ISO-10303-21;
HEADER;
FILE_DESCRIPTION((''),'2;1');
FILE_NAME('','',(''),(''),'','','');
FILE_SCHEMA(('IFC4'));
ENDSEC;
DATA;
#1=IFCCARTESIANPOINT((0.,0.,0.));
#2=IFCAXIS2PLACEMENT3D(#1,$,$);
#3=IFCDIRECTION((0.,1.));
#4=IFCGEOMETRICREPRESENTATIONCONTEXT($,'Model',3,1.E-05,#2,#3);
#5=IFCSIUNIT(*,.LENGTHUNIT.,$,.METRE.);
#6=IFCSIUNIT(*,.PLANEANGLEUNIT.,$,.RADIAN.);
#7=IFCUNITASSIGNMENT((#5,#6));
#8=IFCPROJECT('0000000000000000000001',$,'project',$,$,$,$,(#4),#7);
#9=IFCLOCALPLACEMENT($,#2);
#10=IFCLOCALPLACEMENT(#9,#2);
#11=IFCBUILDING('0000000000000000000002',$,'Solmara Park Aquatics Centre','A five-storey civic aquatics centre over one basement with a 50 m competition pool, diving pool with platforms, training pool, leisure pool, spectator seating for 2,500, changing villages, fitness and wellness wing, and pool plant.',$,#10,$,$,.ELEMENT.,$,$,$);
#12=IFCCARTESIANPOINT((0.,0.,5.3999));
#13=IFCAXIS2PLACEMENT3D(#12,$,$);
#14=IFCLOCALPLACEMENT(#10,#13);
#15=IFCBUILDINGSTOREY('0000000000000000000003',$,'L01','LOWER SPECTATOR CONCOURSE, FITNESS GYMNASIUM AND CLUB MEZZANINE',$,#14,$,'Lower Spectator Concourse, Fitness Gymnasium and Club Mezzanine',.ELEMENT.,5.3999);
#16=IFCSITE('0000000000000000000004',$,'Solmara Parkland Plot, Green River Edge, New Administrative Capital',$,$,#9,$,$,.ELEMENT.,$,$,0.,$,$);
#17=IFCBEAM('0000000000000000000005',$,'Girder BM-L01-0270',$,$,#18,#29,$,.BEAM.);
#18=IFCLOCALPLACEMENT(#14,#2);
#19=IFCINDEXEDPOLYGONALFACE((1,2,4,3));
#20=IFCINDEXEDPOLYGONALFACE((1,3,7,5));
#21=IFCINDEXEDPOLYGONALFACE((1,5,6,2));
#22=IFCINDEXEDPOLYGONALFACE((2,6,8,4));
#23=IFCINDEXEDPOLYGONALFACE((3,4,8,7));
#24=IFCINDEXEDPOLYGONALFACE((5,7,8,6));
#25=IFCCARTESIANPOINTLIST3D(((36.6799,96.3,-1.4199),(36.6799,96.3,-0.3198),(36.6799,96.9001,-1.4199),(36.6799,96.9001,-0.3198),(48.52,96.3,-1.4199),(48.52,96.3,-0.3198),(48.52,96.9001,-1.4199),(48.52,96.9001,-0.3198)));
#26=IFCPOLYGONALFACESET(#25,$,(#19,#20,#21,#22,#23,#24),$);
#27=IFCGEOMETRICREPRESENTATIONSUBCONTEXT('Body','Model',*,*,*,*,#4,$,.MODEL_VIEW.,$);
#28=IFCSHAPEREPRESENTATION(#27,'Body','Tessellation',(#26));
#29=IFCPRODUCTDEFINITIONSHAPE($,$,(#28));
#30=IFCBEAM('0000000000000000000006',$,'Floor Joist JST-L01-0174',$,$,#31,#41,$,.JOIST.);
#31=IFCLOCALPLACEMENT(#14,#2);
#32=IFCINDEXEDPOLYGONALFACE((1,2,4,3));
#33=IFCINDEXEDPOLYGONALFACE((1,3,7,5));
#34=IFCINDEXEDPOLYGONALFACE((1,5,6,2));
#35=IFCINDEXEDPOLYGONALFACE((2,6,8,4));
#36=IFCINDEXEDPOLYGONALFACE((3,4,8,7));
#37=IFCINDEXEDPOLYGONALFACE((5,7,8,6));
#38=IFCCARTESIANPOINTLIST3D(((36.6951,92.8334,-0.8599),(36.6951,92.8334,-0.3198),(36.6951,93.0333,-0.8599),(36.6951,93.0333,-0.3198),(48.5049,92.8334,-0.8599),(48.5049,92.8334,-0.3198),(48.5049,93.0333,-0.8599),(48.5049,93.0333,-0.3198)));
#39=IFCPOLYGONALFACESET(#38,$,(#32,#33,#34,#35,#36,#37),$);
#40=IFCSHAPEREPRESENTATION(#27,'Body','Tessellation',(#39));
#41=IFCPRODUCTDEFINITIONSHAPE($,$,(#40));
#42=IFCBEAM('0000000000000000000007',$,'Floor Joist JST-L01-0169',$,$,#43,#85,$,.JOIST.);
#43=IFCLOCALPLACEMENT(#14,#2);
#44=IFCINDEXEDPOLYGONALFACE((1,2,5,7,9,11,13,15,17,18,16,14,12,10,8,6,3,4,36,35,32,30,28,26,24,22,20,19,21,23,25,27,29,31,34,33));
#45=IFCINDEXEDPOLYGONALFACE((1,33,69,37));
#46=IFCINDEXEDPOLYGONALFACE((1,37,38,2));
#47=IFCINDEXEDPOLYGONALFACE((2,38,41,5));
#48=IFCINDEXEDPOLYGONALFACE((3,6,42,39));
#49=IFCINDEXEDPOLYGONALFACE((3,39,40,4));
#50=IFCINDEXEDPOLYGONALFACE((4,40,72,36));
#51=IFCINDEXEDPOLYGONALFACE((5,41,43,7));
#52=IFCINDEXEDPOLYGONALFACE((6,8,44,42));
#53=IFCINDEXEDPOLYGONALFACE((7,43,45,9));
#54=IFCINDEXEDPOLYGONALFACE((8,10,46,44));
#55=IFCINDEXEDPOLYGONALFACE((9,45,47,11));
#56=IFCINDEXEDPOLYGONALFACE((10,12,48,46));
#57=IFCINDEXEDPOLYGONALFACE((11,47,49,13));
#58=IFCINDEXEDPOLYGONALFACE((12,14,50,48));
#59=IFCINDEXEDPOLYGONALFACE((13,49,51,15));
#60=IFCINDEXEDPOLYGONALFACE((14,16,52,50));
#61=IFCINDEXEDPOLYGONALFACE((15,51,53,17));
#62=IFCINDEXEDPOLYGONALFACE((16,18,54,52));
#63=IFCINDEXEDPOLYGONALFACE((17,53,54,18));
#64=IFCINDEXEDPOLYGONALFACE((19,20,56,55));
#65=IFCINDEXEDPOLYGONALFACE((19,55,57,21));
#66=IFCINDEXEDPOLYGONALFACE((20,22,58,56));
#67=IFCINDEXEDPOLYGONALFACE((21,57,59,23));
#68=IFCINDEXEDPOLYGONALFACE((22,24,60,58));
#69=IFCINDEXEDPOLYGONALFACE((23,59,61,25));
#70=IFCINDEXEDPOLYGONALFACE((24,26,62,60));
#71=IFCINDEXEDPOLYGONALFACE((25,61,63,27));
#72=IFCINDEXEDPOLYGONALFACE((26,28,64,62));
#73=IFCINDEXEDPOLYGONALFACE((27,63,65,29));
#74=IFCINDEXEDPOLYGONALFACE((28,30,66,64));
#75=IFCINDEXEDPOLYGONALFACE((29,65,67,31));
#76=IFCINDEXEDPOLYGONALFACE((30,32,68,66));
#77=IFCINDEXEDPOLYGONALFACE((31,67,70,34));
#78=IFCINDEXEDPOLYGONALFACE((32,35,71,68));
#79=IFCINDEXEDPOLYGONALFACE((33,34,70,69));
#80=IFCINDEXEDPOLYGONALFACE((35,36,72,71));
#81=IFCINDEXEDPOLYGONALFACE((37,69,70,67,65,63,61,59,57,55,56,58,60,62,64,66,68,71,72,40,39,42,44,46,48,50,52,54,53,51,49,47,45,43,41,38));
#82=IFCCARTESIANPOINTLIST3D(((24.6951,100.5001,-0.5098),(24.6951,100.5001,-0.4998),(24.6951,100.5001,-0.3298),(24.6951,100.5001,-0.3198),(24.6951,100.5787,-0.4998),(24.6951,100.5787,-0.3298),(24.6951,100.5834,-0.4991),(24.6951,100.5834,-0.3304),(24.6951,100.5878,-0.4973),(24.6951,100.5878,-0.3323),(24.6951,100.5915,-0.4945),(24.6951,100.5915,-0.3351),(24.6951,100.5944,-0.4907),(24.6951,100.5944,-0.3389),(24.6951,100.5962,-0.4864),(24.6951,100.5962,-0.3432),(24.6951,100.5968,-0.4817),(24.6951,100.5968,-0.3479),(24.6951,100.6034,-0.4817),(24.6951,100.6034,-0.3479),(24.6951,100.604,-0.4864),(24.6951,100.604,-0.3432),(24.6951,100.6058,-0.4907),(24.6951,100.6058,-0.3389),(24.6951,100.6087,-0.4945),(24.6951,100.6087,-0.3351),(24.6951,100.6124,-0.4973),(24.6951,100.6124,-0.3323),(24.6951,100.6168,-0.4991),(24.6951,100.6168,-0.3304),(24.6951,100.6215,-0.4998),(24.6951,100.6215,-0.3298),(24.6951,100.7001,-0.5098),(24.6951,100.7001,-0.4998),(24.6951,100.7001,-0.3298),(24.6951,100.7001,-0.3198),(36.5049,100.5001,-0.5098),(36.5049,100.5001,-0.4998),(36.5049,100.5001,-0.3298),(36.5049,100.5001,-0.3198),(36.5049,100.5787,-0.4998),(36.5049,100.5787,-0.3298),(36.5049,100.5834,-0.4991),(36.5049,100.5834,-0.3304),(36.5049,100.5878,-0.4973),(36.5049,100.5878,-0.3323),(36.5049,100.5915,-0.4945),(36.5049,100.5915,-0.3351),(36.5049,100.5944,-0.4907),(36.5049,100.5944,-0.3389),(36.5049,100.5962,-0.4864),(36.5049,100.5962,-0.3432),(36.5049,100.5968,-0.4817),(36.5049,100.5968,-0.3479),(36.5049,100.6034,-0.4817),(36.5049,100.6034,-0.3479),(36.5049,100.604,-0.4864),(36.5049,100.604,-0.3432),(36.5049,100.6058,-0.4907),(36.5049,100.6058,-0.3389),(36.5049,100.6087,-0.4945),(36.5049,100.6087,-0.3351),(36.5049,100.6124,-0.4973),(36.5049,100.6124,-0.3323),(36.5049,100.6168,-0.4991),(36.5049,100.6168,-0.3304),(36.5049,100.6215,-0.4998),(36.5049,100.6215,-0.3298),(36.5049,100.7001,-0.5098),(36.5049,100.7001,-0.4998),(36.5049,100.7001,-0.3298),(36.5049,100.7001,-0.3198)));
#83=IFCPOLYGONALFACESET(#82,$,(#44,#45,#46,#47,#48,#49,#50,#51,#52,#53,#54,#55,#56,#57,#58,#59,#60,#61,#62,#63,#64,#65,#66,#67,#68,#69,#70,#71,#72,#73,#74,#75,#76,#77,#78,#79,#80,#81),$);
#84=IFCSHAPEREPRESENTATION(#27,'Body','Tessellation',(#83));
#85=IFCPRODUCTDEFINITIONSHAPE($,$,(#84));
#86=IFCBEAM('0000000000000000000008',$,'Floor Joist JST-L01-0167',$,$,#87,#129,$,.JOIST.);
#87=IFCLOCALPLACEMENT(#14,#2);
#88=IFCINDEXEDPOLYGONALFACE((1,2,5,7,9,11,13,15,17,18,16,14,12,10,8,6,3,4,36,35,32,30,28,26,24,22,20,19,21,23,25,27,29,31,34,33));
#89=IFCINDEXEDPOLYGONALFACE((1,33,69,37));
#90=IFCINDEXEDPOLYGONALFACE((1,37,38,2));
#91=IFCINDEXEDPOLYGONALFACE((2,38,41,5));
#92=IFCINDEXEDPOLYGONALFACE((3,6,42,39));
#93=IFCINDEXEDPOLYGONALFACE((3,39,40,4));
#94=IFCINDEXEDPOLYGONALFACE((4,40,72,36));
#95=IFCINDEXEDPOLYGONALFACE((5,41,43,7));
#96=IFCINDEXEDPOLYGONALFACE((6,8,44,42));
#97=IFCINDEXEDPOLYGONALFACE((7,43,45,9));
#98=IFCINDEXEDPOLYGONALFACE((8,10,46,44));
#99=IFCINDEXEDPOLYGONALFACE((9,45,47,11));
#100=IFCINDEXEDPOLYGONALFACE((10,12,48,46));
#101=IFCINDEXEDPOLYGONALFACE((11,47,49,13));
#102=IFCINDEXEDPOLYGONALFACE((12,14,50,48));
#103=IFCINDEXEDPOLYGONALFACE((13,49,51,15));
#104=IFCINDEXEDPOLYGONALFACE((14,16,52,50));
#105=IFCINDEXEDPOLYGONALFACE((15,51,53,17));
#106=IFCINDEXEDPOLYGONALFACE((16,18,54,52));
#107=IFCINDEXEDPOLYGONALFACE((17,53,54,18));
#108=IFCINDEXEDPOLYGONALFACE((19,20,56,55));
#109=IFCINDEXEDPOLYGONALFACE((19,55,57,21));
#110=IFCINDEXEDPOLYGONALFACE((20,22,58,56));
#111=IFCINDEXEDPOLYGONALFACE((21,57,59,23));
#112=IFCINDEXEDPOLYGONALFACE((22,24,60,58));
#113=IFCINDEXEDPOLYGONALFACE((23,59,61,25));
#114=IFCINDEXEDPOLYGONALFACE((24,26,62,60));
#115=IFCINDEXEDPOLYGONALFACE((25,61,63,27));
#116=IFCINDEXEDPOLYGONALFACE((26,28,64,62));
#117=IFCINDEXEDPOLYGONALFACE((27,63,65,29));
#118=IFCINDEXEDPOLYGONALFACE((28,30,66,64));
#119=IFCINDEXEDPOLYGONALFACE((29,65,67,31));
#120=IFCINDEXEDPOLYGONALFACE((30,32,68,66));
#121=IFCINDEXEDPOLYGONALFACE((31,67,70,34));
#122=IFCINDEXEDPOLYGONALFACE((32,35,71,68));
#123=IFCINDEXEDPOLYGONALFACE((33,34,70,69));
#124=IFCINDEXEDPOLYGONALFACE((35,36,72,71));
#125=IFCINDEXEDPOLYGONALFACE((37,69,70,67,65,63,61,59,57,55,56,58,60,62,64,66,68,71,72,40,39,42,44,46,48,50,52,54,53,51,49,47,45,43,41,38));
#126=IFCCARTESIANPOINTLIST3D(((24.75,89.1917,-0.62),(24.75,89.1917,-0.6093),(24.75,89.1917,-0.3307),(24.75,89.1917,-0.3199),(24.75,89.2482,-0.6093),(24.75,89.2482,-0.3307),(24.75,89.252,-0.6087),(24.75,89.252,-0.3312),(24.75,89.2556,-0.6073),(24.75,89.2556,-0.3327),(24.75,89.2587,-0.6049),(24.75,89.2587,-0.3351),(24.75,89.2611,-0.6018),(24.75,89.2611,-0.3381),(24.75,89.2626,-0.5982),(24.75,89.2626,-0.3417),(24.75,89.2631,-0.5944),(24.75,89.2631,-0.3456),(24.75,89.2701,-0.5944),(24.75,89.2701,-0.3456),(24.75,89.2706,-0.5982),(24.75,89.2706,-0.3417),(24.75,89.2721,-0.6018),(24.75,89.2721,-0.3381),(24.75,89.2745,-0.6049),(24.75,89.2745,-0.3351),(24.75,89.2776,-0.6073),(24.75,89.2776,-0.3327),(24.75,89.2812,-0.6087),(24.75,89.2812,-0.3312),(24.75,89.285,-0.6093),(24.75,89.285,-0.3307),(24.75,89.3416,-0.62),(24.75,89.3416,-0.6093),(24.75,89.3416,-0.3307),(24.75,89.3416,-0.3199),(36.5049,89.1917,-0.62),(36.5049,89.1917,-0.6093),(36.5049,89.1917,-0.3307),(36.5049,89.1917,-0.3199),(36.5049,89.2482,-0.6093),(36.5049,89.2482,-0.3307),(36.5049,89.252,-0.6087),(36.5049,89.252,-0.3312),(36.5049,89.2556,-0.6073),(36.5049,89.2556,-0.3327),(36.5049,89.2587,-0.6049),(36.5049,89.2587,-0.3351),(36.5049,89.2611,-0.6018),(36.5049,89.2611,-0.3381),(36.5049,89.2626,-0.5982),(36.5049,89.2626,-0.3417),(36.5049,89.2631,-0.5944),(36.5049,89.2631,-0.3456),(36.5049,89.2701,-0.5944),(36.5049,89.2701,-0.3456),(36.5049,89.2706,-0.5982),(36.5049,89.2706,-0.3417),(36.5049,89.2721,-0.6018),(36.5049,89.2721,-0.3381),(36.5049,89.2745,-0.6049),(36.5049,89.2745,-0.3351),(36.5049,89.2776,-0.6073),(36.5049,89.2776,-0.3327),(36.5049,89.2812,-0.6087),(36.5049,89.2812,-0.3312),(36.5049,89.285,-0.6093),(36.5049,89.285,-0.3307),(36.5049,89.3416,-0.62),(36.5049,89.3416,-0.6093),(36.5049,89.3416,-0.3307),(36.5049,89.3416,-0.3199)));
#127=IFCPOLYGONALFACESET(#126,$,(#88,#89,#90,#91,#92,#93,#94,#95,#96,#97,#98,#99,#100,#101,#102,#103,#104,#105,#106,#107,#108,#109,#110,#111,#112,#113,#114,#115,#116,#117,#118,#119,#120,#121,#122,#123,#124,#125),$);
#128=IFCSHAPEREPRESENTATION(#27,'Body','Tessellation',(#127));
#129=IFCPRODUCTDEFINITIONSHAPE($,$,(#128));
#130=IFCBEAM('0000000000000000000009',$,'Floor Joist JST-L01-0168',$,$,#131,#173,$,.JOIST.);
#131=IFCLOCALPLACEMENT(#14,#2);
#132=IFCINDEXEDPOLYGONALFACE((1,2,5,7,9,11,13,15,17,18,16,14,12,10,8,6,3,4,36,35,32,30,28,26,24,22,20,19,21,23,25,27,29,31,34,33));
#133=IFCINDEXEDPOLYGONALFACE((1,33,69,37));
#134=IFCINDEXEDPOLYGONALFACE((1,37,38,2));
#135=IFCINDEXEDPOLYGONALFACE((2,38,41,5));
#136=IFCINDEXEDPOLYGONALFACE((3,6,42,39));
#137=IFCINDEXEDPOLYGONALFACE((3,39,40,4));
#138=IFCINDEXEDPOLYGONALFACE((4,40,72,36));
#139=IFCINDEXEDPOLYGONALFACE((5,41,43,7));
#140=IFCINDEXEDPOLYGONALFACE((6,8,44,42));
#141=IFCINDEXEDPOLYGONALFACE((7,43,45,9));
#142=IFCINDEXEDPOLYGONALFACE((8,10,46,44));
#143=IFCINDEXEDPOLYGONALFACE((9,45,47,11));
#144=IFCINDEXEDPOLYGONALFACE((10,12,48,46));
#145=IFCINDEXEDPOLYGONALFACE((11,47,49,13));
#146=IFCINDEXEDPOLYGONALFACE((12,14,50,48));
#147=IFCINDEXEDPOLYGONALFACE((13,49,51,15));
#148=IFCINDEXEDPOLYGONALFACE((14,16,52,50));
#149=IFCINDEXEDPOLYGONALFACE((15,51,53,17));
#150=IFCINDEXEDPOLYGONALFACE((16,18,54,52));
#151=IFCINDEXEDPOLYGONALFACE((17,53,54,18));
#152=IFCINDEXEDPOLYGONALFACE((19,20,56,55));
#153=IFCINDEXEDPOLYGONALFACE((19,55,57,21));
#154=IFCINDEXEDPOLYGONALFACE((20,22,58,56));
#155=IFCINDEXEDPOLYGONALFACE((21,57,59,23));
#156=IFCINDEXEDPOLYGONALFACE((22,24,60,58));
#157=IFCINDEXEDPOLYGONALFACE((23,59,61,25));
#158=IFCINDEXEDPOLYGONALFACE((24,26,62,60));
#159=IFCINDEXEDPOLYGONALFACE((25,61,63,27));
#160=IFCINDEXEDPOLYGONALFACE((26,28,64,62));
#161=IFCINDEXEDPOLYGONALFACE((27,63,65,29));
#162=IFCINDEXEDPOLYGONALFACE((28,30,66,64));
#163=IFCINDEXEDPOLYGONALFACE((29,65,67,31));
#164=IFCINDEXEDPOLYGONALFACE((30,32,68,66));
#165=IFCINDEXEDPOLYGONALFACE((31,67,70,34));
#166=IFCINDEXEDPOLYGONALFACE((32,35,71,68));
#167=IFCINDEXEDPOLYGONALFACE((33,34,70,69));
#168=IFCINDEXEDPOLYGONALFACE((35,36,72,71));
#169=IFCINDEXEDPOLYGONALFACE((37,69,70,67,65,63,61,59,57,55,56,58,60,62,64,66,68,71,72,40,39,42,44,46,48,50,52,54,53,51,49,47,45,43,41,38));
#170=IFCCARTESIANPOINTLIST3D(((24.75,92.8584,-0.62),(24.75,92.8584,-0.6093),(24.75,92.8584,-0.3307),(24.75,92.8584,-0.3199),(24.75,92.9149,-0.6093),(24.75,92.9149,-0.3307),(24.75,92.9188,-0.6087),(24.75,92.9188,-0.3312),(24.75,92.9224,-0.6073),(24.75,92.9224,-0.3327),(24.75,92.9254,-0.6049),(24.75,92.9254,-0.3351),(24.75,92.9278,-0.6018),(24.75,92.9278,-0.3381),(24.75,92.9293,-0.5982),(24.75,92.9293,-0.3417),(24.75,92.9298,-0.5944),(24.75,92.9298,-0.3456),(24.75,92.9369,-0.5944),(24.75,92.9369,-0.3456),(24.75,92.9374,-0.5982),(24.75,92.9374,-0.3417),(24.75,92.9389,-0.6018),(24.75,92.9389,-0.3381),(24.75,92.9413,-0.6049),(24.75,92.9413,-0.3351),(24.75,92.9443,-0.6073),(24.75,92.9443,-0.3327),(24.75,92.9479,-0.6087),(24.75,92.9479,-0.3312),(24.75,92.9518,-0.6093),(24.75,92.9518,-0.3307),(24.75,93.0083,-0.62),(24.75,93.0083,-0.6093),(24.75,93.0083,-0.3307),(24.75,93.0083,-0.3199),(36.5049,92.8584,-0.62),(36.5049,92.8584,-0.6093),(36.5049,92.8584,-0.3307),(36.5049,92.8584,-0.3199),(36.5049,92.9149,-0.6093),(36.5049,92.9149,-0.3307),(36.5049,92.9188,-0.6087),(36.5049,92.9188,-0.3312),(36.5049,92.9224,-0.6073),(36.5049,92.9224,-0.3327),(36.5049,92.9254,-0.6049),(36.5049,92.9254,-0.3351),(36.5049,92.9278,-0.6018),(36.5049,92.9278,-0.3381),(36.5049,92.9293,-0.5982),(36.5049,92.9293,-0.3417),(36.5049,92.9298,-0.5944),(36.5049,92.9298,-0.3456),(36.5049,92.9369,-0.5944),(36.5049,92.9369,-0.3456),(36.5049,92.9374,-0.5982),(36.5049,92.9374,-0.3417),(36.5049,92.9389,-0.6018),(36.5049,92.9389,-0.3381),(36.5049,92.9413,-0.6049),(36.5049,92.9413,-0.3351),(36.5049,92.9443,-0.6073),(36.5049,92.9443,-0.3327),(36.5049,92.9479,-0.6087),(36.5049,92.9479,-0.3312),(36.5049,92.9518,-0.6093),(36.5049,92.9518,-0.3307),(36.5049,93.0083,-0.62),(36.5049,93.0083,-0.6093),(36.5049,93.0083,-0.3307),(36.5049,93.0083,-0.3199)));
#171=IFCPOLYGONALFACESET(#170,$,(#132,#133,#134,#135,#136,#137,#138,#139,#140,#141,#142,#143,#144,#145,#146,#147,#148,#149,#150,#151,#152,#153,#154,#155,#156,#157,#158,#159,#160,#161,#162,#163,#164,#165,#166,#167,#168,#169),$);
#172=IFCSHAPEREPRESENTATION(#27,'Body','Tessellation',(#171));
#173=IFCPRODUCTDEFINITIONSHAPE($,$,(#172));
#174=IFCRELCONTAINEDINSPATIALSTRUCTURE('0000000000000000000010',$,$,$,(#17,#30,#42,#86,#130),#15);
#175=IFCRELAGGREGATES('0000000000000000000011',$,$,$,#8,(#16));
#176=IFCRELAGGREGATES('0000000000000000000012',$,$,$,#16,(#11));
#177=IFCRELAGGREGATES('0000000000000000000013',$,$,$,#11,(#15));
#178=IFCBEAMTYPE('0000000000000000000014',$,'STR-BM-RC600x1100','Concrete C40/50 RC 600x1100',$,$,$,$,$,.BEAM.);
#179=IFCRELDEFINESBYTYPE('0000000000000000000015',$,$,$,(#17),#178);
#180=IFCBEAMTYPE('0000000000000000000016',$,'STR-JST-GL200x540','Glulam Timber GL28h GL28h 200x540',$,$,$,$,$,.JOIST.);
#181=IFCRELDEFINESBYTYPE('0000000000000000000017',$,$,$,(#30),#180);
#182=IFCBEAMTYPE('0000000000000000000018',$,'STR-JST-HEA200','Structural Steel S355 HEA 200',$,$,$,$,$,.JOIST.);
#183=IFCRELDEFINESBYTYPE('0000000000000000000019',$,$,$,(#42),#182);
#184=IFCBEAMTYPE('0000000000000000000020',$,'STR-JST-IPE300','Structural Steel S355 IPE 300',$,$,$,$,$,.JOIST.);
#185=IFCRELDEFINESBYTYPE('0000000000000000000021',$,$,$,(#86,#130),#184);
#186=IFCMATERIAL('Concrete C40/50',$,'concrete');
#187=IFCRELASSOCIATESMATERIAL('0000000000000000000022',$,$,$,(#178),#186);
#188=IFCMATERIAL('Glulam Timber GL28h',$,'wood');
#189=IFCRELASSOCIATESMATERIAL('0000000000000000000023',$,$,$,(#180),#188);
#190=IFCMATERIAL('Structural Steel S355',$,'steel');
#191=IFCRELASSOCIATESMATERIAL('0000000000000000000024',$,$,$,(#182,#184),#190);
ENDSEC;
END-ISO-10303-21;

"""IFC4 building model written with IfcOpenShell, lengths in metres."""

from ifc_helpers import new_model, si_unit, direction, frame, origin, origin_2d, place, context, subcontext, project, spatial, rectangle, i_section, extrude, material, material_profile, profile_set, type_object, element, save


model = new_model("IFC4")

# Units and contexts
model_context = context("Model", 3, precision=1e-05, world=origin(), true_north=direction((0.0, 1.0)))
body_context = subcontext(model_context, "Body", "Model", "MODEL_VIEW")
ifc_project = project(units=[si_unit("LENGTHUNIT", "METRE"), si_unit("PLANEANGLEUNIT", "RADIAN")], contexts=[model_context])

# Site, building, storey
site_placement = place(None, origin())
site = spatial("IfcSite", under=ifc_project, at=site_placement, Name="Solmara Parkland Plot, Green River Edge, New Administrative Capital", CompositionType="ELEMENT", RefElevation=0.0)
building_placement = place(site_placement, origin())
building = spatial("IfcBuilding", under=site, at=building_placement, Name="Solmara Park Aquatics Centre", Description="A five-storey civic aquatics centre over one basement with a 50 m competition pool, diving pool with platforms, training pool, leisure pool, spectator seating for 2,500, changing villages, fitness and wellness wing, and pool plant.", CompositionType="ELEMENT")
storey_placement = place(building_placement, frame((0.0, 0.0, 5.3999)))
storey = spatial("IfcBuildingStorey", under=building, at=storey_placement, Name="L01", Description="LOWER SPECTATOR CONCOURSE, FITNESS GYMNASIUM AND CLUB MEZZANINE", LongName="Lower Spectator Concourse, Fitness Gymnasium and Club Mezzanine", CompositionType="ELEMENT", Elevation=5.3999)

# Shared definitions
ifc_material_1 = material(Name="Concrete C40/50", Category="concrete")
ifc_material_2 = material(Name="Structural Steel S355", Category="steel")

# Beams
ifc_material_profile_1 = material_profile(ifc_material_1, rectangle(XDim=0.6001, YDim=1.1001, at=origin_2d()), Name="RC 600x1100")
ifc_profile_set_1 = profile_set([ifc_material_profile_1], Name="Concrete C40/50")
beam_type_1 = type_object("IfcBeamType", Name="STR-BM-RC600x1100", Description="Concrete C40/50 RC 600x1100", PredefinedType="BEAM", material=ifc_profile_set_1)
beam_1_placement = place(storey_placement, frame((36.6799, 96.6001, -0.8699), z_axis=(1.0, 0.0, 0.0), x_axis=(0.0, 1.0, 0.0)))
element("IfcBeam", 1, at=beam_1_placement, inside=storey, type_object=beam_type_1, Name="Girder BM-L01-0270", PredefinedType="BEAM", context=body_context, shape_type="SweptSolid", body=[
    extrude(rectangle(XDim=0.6001, YDim=1.1001, at=origin_2d()), origin(), (0.0, 0.0, 1.0), 11.8401),
])
ifc_material_3 = material(Name="Glulam Timber GL28h", Category="wood")
ifc_material_profile_2 = material_profile(ifc_material_3, rectangle(XDim=0.2, YDim=0.54, at=origin_2d()), Name="GL28h 200x540")
ifc_profile_set_2 = profile_set([ifc_material_profile_2], Name="Glulam Timber GL28h")
beam_type_2 = type_object("IfcBeamType", Name="STR-JST-GL200x540", Description="Glulam Timber GL28h GL28h 200x540", PredefinedType="JOIST", material=ifc_profile_set_2)
beam_2_placement = place(storey_placement, frame((36.6951, 92.9333, -0.5898), z_axis=(1.0, 0.0, 0.0), x_axis=(0.0, 1.0, 0.0)))
element("IfcBeam", 2, at=beam_2_placement, inside=storey, type_object=beam_type_2, Name="Floor Joist JST-L01-0174", PredefinedType="JOIST", context=body_context, shape_type="SweptSolid", body=[
    extrude(rectangle(XDim=0.2, YDim=0.54, at=origin_2d()), origin(), (0.0, 0.0, 1.0), 11.8098),
])
ifc_material_profile_3 = material_profile(ifc_material_2, i_section(OverallWidth=0.2, OverallDepth=0.1899, WebThickness=0.0066, FlangeThickness=0.01, FilletRadius=0.0181, at=origin_2d()), Name="HEA 200")
ifc_profile_set_3 = profile_set([ifc_material_profile_3], Name="Structural Steel S355")
beam_type_3 = type_object("IfcBeamType", Name="STR-JST-HEA200", Description="Structural Steel S355 HEA 200", PredefinedType="JOIST", material=ifc_profile_set_3)
beam_3_placement = place(storey_placement, frame((24.6951, 100.6001, -0.4148), z_axis=(1.0, 0.0, 0.0), x_axis=(0.0, 1.0, 0.0)))
element("IfcBeam", 3, at=beam_3_placement, inside=storey, type_object=beam_type_3, Name="Floor Joist JST-L01-0169", PredefinedType="JOIST", context=body_context, shape_type="SweptSolid", body=[
    extrude(i_section(OverallWidth=0.2, OverallDepth=0.1899, WebThickness=0.0066, FlangeThickness=0.01, FilletRadius=0.0181, at=origin_2d()), origin(), (0.0, 0.0, 1.0), 11.8098),
])
ifc_material_profile_4 = material_profile(ifc_material_2, i_section(OverallWidth=0.1499, OverallDepth=0.3, WebThickness=0.0071, FlangeThickness=0.0107, FilletRadius=0.0149, at=origin_2d()), Name="IPE 300")
ifc_profile_set_4 = profile_set([ifc_material_profile_4], Name="Structural Steel S355")
beam_type_4 = type_object("IfcBeamType", Name="STR-JST-IPE300", Description="Structural Steel S355 IPE 300", PredefinedType="JOIST", material=ifc_profile_set_4)
for number, where, z_axis, x_axis, name in (
    (4, (24.75, 89.2666, -0.47), (1.0, 0.0, 0.0), (0.0, 1.0, 0.0), "Floor Joist JST-L01-0167"),
    (5, (24.75, 92.9333, -0.47), (1.0, 0.0, 0.0), (0.0, 1.0, 0.0), "Floor Joist JST-L01-0168"),
):
    element("IfcBeam", number, at=place(storey_placement, frame(where, z_axis=z_axis, x_axis=x_axis)), inside=storey, type_object=beam_type_4, Name=name, PredefinedType="JOIST", context=body_context, shape_type="SweptSolid", body=[
        extrude(i_section(OverallWidth=0.1499, OverallDepth=0.3, WebThickness=0.0071, FlangeThickness=0.0107, FilletRadius=0.0149, at=origin_2d()), origin(), (0.0, 0.0, 1.0), 11.7549),
    ])

save(model, "model.ifc")
